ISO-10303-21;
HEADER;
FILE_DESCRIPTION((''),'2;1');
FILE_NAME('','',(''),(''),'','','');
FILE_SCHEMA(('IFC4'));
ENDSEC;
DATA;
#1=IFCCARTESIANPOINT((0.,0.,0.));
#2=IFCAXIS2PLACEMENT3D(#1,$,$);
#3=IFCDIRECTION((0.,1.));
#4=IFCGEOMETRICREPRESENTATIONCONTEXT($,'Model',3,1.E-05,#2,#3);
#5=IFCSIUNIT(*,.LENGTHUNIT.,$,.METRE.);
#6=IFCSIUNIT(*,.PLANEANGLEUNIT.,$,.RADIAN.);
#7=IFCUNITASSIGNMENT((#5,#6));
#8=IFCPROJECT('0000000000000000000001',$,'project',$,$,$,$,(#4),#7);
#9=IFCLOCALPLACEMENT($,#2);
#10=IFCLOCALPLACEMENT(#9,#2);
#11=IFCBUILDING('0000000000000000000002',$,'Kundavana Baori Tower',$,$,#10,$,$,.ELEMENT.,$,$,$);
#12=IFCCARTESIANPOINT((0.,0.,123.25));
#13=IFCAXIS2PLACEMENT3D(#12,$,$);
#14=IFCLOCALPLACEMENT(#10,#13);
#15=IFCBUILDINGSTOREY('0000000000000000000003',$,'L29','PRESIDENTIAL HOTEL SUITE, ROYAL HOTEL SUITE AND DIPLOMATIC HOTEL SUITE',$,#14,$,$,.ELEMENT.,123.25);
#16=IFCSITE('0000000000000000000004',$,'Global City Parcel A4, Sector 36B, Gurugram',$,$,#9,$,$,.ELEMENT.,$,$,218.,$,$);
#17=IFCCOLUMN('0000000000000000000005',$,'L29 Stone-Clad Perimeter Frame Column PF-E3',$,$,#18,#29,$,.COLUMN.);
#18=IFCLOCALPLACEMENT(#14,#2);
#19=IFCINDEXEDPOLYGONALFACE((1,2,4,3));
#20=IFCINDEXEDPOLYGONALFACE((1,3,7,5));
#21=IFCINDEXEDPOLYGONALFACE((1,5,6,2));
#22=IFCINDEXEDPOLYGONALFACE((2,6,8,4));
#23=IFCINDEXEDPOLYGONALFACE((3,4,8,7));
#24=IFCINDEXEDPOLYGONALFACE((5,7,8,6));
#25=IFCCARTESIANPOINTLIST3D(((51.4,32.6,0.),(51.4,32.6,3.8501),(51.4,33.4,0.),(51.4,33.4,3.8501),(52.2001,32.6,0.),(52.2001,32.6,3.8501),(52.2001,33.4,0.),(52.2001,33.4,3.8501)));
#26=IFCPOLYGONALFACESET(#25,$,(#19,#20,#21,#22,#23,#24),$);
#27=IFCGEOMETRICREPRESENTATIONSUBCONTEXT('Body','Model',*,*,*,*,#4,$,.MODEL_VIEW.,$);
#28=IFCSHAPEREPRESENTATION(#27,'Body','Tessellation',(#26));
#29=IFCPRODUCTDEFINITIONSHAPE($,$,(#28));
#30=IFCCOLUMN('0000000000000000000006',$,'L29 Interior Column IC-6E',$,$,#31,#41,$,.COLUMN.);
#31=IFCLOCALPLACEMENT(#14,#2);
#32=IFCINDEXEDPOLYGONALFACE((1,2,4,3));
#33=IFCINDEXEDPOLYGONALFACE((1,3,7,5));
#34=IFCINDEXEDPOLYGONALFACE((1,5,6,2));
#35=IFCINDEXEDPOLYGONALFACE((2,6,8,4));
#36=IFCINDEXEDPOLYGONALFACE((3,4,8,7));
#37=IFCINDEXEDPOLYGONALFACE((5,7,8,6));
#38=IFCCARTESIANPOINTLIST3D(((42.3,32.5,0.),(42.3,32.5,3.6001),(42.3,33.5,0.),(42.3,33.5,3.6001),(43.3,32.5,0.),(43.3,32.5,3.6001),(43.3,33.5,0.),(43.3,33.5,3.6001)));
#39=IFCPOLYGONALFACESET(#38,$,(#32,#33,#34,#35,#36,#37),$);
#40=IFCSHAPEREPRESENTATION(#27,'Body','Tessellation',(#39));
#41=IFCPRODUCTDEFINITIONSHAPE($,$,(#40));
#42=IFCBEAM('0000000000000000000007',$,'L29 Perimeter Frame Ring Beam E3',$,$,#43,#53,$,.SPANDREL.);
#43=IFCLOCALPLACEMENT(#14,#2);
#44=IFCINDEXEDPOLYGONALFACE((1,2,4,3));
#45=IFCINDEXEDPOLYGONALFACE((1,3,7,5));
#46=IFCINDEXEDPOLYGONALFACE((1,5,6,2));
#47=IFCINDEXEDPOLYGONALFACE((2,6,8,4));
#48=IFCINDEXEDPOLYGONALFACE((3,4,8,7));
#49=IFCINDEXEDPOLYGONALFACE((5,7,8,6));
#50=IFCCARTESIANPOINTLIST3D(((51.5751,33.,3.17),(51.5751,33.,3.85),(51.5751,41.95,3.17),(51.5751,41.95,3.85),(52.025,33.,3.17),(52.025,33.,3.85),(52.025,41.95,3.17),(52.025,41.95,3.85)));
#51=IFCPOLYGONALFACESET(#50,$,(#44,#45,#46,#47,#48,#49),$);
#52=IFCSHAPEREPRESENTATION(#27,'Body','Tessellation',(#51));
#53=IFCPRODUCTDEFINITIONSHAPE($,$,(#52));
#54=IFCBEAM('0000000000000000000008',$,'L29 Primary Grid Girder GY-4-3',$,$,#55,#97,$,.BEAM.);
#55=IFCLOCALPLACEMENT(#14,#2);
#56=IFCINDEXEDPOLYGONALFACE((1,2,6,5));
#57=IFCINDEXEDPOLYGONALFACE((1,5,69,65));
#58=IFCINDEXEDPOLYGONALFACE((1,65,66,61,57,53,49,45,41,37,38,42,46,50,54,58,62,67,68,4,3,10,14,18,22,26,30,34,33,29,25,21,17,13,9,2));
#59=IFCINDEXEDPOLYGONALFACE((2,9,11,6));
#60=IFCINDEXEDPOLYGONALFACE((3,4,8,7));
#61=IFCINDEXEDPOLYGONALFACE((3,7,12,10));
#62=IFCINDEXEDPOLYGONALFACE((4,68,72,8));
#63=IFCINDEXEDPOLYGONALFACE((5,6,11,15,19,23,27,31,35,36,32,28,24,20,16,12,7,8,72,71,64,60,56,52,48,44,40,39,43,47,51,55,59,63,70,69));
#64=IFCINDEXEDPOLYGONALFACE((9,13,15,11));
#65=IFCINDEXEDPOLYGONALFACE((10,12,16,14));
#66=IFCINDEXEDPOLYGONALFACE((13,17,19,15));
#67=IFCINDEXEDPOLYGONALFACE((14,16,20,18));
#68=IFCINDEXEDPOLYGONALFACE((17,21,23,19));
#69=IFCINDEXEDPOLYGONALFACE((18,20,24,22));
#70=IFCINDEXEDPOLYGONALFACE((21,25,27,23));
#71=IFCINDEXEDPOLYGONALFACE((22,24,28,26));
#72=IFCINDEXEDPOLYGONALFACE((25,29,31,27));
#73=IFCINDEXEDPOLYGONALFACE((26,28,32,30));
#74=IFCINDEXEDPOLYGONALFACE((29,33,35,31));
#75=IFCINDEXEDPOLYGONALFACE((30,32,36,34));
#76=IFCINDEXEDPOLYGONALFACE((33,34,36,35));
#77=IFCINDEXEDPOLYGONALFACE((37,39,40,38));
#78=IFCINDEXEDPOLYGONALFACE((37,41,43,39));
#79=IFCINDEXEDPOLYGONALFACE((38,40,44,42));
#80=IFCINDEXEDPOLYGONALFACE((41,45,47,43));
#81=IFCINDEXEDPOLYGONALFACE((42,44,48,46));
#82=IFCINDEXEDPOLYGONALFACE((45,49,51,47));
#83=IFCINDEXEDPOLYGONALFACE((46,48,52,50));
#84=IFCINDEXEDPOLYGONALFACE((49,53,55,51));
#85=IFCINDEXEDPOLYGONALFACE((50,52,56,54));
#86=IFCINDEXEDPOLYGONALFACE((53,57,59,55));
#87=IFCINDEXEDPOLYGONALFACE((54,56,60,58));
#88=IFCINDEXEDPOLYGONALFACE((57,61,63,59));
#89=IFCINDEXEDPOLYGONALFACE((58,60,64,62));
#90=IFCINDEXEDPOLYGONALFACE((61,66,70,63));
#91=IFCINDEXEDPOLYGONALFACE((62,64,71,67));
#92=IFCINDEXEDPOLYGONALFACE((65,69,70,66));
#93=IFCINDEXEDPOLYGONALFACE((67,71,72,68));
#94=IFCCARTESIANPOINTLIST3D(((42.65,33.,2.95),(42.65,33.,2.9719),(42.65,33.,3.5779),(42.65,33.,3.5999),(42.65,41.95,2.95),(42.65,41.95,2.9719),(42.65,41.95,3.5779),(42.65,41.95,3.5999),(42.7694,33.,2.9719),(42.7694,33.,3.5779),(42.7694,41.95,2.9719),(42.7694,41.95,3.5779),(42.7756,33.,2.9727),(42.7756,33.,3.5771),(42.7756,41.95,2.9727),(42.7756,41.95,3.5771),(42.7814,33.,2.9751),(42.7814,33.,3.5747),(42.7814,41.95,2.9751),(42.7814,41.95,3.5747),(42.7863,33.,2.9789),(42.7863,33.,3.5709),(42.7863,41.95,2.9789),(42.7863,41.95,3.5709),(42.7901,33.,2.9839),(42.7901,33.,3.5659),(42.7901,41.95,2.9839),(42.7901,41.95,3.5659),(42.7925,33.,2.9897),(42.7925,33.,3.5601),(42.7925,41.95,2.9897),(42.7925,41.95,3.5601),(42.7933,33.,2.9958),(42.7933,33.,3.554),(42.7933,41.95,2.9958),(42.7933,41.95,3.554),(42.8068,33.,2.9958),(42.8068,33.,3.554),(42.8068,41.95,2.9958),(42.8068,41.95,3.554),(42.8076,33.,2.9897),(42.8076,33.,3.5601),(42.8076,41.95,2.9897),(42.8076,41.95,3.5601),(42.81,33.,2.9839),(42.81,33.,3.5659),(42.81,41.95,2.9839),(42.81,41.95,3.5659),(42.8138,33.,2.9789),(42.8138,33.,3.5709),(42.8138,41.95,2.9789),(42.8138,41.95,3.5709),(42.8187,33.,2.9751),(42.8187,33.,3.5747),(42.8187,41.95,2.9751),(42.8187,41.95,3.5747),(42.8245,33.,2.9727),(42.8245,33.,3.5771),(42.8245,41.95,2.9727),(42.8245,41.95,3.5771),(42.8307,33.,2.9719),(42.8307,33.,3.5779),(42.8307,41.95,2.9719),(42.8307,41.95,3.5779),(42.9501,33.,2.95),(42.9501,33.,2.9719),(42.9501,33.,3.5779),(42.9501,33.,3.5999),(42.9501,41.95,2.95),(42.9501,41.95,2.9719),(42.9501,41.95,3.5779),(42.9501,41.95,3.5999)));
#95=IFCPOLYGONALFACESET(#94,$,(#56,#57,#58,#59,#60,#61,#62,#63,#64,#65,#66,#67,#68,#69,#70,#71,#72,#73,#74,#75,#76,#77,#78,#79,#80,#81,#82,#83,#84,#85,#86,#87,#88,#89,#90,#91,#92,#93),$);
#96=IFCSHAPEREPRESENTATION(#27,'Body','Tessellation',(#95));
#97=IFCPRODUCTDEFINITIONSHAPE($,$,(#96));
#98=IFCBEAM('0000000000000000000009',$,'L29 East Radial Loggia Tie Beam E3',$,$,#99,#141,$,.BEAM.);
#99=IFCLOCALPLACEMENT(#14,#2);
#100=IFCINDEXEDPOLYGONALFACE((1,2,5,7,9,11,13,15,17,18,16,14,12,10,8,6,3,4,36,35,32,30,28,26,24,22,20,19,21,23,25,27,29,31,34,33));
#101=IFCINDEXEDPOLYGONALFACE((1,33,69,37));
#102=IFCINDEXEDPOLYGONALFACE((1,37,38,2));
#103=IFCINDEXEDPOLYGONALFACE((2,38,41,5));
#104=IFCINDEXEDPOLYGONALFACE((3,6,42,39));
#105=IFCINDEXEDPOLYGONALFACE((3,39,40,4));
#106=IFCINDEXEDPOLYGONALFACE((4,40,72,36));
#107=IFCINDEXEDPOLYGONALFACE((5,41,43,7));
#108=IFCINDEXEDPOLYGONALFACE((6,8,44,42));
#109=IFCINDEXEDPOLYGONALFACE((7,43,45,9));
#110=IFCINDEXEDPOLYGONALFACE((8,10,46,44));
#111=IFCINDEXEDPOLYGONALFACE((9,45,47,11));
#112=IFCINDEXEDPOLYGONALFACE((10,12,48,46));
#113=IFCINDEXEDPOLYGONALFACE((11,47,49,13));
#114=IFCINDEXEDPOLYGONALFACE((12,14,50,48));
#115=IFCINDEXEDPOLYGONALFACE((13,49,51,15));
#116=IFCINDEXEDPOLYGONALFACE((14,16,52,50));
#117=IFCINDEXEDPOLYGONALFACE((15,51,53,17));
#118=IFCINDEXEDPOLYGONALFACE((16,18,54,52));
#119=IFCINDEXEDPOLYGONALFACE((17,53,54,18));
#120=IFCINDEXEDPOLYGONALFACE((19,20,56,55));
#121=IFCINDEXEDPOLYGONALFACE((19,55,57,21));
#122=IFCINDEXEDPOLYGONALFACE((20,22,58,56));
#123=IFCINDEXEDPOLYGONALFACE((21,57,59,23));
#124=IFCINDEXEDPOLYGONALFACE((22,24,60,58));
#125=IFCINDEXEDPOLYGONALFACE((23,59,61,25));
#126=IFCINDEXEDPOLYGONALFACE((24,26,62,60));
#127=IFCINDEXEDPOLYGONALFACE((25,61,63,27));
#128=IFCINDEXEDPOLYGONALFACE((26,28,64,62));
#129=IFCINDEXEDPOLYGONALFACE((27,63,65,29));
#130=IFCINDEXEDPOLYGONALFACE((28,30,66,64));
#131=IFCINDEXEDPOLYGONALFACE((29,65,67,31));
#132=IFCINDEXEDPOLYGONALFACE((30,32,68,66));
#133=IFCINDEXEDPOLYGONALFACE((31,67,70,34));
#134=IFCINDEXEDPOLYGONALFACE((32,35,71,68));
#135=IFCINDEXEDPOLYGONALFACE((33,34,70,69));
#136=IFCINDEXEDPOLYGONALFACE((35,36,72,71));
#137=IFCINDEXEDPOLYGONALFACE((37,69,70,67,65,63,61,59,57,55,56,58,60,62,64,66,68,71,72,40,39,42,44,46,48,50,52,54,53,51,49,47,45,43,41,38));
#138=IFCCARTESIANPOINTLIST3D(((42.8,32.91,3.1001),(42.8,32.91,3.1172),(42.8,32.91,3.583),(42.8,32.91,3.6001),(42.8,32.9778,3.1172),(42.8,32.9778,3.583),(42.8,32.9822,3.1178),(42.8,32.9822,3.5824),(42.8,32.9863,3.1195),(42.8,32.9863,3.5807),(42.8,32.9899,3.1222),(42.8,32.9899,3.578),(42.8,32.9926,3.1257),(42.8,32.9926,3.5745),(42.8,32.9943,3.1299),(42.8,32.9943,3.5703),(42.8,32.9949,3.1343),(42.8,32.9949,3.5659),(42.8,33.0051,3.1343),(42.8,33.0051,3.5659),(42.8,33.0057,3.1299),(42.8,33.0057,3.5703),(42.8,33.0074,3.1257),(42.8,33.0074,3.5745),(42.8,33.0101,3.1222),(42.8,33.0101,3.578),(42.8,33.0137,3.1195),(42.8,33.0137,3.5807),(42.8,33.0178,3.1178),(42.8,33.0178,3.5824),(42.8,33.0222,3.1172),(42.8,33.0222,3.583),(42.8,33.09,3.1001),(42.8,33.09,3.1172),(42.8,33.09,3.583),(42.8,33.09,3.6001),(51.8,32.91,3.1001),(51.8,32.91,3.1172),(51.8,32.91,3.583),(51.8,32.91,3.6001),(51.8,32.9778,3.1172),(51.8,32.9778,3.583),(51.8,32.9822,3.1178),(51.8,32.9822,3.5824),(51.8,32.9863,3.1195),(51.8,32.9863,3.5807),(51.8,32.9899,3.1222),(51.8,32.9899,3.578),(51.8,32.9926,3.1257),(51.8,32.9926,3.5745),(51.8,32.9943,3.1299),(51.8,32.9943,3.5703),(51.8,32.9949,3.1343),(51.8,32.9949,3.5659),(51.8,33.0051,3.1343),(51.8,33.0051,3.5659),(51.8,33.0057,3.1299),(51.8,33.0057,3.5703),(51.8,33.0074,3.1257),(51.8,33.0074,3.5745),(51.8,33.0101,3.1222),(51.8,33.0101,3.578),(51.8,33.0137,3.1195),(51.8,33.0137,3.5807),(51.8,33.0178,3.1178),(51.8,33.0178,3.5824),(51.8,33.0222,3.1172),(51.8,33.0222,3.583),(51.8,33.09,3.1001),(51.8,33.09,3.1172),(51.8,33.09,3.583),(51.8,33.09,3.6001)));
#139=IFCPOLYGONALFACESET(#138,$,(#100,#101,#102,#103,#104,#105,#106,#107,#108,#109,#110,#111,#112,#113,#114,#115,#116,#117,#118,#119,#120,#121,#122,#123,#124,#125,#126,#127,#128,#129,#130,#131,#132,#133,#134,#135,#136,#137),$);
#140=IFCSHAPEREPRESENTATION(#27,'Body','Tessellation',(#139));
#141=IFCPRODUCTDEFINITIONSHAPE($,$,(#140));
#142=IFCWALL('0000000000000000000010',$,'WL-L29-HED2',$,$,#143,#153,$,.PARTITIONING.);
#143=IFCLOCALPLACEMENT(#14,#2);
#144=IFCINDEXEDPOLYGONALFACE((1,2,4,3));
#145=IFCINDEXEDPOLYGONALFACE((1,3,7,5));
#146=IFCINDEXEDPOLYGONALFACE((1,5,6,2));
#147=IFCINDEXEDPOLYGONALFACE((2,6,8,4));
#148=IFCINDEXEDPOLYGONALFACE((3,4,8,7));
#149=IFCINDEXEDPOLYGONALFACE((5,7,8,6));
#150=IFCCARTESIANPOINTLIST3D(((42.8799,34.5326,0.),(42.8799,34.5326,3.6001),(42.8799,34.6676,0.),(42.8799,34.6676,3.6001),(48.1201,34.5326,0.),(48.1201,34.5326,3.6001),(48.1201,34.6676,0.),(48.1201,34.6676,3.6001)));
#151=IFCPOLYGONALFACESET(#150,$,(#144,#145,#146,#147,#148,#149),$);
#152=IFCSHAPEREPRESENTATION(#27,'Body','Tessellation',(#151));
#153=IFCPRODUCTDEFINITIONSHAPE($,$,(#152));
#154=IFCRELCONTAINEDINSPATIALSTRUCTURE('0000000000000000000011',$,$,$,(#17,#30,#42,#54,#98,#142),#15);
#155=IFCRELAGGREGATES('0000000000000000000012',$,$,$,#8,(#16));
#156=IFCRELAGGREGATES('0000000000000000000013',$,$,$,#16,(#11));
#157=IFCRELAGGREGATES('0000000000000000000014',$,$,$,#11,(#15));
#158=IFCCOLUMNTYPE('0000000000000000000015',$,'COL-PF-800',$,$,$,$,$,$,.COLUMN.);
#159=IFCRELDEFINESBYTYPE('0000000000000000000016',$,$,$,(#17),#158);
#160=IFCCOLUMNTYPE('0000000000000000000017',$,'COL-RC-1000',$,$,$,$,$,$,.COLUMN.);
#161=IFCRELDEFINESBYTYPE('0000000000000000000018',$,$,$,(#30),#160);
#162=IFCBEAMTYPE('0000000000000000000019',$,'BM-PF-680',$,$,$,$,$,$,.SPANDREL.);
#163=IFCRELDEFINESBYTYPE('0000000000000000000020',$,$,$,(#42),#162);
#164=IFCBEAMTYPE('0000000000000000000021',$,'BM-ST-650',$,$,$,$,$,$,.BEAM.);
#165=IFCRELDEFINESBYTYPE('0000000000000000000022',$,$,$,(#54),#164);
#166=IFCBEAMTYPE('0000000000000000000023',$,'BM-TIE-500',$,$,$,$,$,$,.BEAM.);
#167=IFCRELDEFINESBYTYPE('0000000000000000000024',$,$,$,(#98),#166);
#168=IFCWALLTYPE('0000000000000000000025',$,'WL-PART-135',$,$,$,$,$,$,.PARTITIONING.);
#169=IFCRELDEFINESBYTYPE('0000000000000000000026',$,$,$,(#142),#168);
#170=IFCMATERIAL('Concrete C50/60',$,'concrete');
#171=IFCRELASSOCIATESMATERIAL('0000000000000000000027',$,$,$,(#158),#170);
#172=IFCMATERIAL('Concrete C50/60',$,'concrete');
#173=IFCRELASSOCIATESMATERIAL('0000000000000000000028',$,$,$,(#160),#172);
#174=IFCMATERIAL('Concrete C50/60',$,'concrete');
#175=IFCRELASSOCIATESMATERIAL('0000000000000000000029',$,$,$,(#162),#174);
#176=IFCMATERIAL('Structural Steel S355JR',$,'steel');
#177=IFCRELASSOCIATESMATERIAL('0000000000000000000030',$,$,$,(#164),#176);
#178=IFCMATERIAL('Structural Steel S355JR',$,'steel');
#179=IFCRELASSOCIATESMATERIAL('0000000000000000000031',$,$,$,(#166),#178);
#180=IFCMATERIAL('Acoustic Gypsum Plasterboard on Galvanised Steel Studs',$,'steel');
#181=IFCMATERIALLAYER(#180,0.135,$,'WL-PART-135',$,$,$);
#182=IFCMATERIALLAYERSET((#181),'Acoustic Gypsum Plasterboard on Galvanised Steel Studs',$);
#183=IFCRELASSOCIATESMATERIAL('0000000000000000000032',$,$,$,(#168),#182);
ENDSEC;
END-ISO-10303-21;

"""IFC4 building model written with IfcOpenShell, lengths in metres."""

from ifc_helpers import new_model, si_unit, direction, frame, frame_2d, origin, origin_2d, place, context, subcontext, project, spatial, rectangle, i_section, extrude, material, layer, layer_set, material_profile, profile_set, type_object, element, save


model = new_model("IFC4")

# Units and contexts
model_context = context("Model", 3, precision=1e-05, world=origin(), true_north=direction((0.0, 1.0)))
body_context = subcontext(model_context, "Body", "Model", "MODEL_VIEW")
ifc_project = project(units=[si_unit("LENGTHUNIT", "METRE"), si_unit("PLANEANGLEUNIT", "RADIAN")], contexts=[model_context])

# Site, building, storey
site_placement = place(None, origin())
site = spatial("IfcSite", under=ifc_project, at=site_placement, Name="Global City Parcel A4, Sector 36B, Gurugram", CompositionType="ELEMENT", RefElevation=218.0)
building_placement = place(site_placement, origin())
building = spatial("IfcBuilding", under=site, at=building_placement, Name="Kundavana Baori Tower", CompositionType="ELEMENT")
storey_placement = place(building_placement, frame((0.0, 0.0, 123.25)))
storey = spatial("IfcBuildingStorey", under=building, at=storey_placement, Name="L29", Description="PRESIDENTIAL HOTEL SUITE, ROYAL HOTEL SUITE AND DIPLOMATIC HOTEL SUITE", CompositionType="ELEMENT", Elevation=123.25)

# Columns
ifc_material_1 = material(Name="Concrete C50/60", Category="concrete")
ifc_material_profile_1 = material_profile(ifc_material_1, rectangle(XDim=0.8, YDim=0.8, at=origin_2d()), Name="RC PF 800x800")
ifc_profile_set_1 = profile_set([ifc_material_profile_1], Name="Concrete C50/60")
column_type_1 = type_object("IfcColumnType", Name="COL-PF-800", PredefinedType="COLUMN", material=ifc_profile_set_1)
column_1_placement = place(storey_placement, frame((51.8, 33.0, 0.0), z_axis=(0.0, 0.0, 1.0), x_axis=(1.0, 0.0, 0.0)))
element("IfcColumn", 1, at=column_1_placement, inside=storey, type_object=column_type_1, Name="L29 Stone-Clad Perimeter Frame Column PF-E3", PredefinedType="COLUMN", context=body_context, shape_type="SweptSolid", body=[
    extrude(rectangle(XDim=0.8, YDim=0.8, at=origin_2d()), origin(), (0.0, 0.0, 1.0), 3.8501),
])
ifc_material_2 = material(Name="Concrete C50/60", Category="concrete")
ifc_material_profile_2 = material_profile(ifc_material_2, rectangle(XDim=1.0, YDim=1.0, at=origin_2d()), Name="RC 1000x1000")
ifc_profile_set_2 = profile_set([ifc_material_profile_2], Name="Concrete C50/60")
column_type_2 = type_object("IfcColumnType", Name="COL-RC-1000", PredefinedType="COLUMN", material=ifc_profile_set_2)
column_2_placement = place(storey_placement, frame((42.8, 33.0, 0.0), z_axis=(0.0, 0.0, 1.0), x_axis=(1.0, 0.0, 0.0)))
element("IfcColumn", 2, at=column_2_placement, inside=storey, type_object=column_type_2, Name="L29 Interior Column IC-6E", PredefinedType="COLUMN", context=body_context, shape_type="SweptSolid", body=[
    extrude(rectangle(XDim=1.0, YDim=1.0, at=origin_2d()), origin(), (0.0, 0.0, 1.0), 3.6001),
])

# Beams
ifc_material_3 = material(Name="Concrete C50/60", Category="concrete")
ifc_material_profile_3 = material_profile(ifc_material_3, rectangle(XDim=0.45, YDim=0.6799, at=origin_2d()), Name="RC BM 450x680")
ifc_profile_set_3 = profile_set([ifc_material_profile_3], Name="Concrete C50/60")
beam_type_1 = type_object("IfcBeamType", Name="BM-PF-680", PredefinedType="SPANDREL", material=ifc_profile_set_3)
beam_1_placement = place(storey_placement, frame((51.8, 33.0, 3.51), z_axis=(0.0, 1.0, 0.0), x_axis=(-1.0, 0.0, 0.0)))
element("IfcBeam", 3, at=beam_1_placement, inside=storey, type_object=beam_type_1, Name="L29 Perimeter Frame Ring Beam E3", PredefinedType="SPANDREL", context=body_context, shape_type="SweptSolid", body=[
    extrude(rectangle(XDim=0.45, YDim=0.6799, at=origin_2d()), origin(), (0.0, 0.0, 1.0), 8.95),
])
ifc_material_4 = material(Name="Structural Steel S355JR", Category="steel")
ifc_material_profile_4 = material_profile(ifc_material_4, i_section(OverallWidth=0.3, OverallDepth=0.6499, WebThickness=0.0134, FlangeThickness=0.022, FilletRadius=0.0239, at=origin_2d()), Name="NPB 650x300x155")
ifc_profile_set_4 = profile_set([ifc_material_profile_4], Name="Structural Steel S355JR")
beam_type_2 = type_object("IfcBeamType", Name="BM-ST-650", PredefinedType="BEAM", material=ifc_profile_set_4)
beam_2_placement = place(storey_placement, frame((42.8, 33.0, 3.2749), z_axis=(0.0, 1.0, 0.0), x_axis=(-1.0, 0.0, 0.0)))
element("IfcBeam", 4, at=beam_2_placement, inside=storey, type_object=beam_type_2, Name="L29 Primary Grid Girder GY-4-3", PredefinedType="BEAM", context=body_context, shape_type="SweptSolid", body=[
    extrude(i_section(OverallWidth=0.3, OverallDepth=0.6499, WebThickness=0.0134, FlangeThickness=0.022, FilletRadius=0.0239, at=origin_2d()), origin(), (0.0, 0.0, 1.0), 8.95),
])
ifc_material_5 = material(Name="Structural Steel S355JR", Category="steel")
ifc_material_profile_5 = material_profile(ifc_material_5, i_section(OverallWidth=0.1799, OverallDepth=0.5, WebThickness=0.0103, FlangeThickness=0.0171, FilletRadius=0.0171, at=origin_2d()), Name="ISMB 500")
ifc_profile_set_5 = profile_set([ifc_material_profile_5], Name="Structural Steel S355JR")
beam_type_3 = type_object("IfcBeamType", Name="BM-TIE-500", PredefinedType="BEAM", material=ifc_profile_set_5)
beam_3_placement = place(storey_placement, frame((42.8, 33.0, 3.3501), z_axis=(1.0, 0.0, 0.0), x_axis=(0.0, 1.0, 0.0)))
element("IfcBeam", 5, at=beam_3_placement, inside=storey, type_object=beam_type_3, Name="L29 East Radial Loggia Tie Beam E3", PredefinedType="BEAM", context=body_context, shape_type="SweptSolid", body=[
    extrude(i_section(OverallWidth=0.1799, OverallDepth=0.5, WebThickness=0.0103, FlangeThickness=0.0171, FilletRadius=0.0171, at=origin_2d()), origin(), (0.0, 0.0, 1.0), 9.0),
])

# Wall
ifc_material_6 = material(Name="Acoustic Gypsum Plasterboard on Galvanised Steel Studs", Category="steel")
ifc_layer_1 = layer(ifc_material_6, 0.135, Name="WL-PART-135")
ifc_layer_set_1 = layer_set([ifc_layer_1], Name="Acoustic Gypsum Plasterboard on Galvanised Steel Studs")
wall_type_1 = type_object("IfcWallType", Name="WL-PART-135", PredefinedType="PARTITIONING", material=ifc_layer_set_1)
wall_1_placement = place(storey_placement, frame((42.8799, 34.6001, 0.0), z_axis=(0.0, 0.0, 1.0), x_axis=(1.0, 0.0, 0.0)))
element("IfcWall", 6, at=wall_1_placement, inside=storey, type_object=wall_type_1, Name="WL-L29-HED2", PredefinedType="PARTITIONING", context=body_context, shape_type="SweptSolid", body=[
    extrude(rectangle(XDim=5.2402, YDim=0.135, at=frame_2d((2.6201, 0.0))), origin(), (0.0, 0.0, 1.0), 3.6001),
])

save(model, "model.ifc")
